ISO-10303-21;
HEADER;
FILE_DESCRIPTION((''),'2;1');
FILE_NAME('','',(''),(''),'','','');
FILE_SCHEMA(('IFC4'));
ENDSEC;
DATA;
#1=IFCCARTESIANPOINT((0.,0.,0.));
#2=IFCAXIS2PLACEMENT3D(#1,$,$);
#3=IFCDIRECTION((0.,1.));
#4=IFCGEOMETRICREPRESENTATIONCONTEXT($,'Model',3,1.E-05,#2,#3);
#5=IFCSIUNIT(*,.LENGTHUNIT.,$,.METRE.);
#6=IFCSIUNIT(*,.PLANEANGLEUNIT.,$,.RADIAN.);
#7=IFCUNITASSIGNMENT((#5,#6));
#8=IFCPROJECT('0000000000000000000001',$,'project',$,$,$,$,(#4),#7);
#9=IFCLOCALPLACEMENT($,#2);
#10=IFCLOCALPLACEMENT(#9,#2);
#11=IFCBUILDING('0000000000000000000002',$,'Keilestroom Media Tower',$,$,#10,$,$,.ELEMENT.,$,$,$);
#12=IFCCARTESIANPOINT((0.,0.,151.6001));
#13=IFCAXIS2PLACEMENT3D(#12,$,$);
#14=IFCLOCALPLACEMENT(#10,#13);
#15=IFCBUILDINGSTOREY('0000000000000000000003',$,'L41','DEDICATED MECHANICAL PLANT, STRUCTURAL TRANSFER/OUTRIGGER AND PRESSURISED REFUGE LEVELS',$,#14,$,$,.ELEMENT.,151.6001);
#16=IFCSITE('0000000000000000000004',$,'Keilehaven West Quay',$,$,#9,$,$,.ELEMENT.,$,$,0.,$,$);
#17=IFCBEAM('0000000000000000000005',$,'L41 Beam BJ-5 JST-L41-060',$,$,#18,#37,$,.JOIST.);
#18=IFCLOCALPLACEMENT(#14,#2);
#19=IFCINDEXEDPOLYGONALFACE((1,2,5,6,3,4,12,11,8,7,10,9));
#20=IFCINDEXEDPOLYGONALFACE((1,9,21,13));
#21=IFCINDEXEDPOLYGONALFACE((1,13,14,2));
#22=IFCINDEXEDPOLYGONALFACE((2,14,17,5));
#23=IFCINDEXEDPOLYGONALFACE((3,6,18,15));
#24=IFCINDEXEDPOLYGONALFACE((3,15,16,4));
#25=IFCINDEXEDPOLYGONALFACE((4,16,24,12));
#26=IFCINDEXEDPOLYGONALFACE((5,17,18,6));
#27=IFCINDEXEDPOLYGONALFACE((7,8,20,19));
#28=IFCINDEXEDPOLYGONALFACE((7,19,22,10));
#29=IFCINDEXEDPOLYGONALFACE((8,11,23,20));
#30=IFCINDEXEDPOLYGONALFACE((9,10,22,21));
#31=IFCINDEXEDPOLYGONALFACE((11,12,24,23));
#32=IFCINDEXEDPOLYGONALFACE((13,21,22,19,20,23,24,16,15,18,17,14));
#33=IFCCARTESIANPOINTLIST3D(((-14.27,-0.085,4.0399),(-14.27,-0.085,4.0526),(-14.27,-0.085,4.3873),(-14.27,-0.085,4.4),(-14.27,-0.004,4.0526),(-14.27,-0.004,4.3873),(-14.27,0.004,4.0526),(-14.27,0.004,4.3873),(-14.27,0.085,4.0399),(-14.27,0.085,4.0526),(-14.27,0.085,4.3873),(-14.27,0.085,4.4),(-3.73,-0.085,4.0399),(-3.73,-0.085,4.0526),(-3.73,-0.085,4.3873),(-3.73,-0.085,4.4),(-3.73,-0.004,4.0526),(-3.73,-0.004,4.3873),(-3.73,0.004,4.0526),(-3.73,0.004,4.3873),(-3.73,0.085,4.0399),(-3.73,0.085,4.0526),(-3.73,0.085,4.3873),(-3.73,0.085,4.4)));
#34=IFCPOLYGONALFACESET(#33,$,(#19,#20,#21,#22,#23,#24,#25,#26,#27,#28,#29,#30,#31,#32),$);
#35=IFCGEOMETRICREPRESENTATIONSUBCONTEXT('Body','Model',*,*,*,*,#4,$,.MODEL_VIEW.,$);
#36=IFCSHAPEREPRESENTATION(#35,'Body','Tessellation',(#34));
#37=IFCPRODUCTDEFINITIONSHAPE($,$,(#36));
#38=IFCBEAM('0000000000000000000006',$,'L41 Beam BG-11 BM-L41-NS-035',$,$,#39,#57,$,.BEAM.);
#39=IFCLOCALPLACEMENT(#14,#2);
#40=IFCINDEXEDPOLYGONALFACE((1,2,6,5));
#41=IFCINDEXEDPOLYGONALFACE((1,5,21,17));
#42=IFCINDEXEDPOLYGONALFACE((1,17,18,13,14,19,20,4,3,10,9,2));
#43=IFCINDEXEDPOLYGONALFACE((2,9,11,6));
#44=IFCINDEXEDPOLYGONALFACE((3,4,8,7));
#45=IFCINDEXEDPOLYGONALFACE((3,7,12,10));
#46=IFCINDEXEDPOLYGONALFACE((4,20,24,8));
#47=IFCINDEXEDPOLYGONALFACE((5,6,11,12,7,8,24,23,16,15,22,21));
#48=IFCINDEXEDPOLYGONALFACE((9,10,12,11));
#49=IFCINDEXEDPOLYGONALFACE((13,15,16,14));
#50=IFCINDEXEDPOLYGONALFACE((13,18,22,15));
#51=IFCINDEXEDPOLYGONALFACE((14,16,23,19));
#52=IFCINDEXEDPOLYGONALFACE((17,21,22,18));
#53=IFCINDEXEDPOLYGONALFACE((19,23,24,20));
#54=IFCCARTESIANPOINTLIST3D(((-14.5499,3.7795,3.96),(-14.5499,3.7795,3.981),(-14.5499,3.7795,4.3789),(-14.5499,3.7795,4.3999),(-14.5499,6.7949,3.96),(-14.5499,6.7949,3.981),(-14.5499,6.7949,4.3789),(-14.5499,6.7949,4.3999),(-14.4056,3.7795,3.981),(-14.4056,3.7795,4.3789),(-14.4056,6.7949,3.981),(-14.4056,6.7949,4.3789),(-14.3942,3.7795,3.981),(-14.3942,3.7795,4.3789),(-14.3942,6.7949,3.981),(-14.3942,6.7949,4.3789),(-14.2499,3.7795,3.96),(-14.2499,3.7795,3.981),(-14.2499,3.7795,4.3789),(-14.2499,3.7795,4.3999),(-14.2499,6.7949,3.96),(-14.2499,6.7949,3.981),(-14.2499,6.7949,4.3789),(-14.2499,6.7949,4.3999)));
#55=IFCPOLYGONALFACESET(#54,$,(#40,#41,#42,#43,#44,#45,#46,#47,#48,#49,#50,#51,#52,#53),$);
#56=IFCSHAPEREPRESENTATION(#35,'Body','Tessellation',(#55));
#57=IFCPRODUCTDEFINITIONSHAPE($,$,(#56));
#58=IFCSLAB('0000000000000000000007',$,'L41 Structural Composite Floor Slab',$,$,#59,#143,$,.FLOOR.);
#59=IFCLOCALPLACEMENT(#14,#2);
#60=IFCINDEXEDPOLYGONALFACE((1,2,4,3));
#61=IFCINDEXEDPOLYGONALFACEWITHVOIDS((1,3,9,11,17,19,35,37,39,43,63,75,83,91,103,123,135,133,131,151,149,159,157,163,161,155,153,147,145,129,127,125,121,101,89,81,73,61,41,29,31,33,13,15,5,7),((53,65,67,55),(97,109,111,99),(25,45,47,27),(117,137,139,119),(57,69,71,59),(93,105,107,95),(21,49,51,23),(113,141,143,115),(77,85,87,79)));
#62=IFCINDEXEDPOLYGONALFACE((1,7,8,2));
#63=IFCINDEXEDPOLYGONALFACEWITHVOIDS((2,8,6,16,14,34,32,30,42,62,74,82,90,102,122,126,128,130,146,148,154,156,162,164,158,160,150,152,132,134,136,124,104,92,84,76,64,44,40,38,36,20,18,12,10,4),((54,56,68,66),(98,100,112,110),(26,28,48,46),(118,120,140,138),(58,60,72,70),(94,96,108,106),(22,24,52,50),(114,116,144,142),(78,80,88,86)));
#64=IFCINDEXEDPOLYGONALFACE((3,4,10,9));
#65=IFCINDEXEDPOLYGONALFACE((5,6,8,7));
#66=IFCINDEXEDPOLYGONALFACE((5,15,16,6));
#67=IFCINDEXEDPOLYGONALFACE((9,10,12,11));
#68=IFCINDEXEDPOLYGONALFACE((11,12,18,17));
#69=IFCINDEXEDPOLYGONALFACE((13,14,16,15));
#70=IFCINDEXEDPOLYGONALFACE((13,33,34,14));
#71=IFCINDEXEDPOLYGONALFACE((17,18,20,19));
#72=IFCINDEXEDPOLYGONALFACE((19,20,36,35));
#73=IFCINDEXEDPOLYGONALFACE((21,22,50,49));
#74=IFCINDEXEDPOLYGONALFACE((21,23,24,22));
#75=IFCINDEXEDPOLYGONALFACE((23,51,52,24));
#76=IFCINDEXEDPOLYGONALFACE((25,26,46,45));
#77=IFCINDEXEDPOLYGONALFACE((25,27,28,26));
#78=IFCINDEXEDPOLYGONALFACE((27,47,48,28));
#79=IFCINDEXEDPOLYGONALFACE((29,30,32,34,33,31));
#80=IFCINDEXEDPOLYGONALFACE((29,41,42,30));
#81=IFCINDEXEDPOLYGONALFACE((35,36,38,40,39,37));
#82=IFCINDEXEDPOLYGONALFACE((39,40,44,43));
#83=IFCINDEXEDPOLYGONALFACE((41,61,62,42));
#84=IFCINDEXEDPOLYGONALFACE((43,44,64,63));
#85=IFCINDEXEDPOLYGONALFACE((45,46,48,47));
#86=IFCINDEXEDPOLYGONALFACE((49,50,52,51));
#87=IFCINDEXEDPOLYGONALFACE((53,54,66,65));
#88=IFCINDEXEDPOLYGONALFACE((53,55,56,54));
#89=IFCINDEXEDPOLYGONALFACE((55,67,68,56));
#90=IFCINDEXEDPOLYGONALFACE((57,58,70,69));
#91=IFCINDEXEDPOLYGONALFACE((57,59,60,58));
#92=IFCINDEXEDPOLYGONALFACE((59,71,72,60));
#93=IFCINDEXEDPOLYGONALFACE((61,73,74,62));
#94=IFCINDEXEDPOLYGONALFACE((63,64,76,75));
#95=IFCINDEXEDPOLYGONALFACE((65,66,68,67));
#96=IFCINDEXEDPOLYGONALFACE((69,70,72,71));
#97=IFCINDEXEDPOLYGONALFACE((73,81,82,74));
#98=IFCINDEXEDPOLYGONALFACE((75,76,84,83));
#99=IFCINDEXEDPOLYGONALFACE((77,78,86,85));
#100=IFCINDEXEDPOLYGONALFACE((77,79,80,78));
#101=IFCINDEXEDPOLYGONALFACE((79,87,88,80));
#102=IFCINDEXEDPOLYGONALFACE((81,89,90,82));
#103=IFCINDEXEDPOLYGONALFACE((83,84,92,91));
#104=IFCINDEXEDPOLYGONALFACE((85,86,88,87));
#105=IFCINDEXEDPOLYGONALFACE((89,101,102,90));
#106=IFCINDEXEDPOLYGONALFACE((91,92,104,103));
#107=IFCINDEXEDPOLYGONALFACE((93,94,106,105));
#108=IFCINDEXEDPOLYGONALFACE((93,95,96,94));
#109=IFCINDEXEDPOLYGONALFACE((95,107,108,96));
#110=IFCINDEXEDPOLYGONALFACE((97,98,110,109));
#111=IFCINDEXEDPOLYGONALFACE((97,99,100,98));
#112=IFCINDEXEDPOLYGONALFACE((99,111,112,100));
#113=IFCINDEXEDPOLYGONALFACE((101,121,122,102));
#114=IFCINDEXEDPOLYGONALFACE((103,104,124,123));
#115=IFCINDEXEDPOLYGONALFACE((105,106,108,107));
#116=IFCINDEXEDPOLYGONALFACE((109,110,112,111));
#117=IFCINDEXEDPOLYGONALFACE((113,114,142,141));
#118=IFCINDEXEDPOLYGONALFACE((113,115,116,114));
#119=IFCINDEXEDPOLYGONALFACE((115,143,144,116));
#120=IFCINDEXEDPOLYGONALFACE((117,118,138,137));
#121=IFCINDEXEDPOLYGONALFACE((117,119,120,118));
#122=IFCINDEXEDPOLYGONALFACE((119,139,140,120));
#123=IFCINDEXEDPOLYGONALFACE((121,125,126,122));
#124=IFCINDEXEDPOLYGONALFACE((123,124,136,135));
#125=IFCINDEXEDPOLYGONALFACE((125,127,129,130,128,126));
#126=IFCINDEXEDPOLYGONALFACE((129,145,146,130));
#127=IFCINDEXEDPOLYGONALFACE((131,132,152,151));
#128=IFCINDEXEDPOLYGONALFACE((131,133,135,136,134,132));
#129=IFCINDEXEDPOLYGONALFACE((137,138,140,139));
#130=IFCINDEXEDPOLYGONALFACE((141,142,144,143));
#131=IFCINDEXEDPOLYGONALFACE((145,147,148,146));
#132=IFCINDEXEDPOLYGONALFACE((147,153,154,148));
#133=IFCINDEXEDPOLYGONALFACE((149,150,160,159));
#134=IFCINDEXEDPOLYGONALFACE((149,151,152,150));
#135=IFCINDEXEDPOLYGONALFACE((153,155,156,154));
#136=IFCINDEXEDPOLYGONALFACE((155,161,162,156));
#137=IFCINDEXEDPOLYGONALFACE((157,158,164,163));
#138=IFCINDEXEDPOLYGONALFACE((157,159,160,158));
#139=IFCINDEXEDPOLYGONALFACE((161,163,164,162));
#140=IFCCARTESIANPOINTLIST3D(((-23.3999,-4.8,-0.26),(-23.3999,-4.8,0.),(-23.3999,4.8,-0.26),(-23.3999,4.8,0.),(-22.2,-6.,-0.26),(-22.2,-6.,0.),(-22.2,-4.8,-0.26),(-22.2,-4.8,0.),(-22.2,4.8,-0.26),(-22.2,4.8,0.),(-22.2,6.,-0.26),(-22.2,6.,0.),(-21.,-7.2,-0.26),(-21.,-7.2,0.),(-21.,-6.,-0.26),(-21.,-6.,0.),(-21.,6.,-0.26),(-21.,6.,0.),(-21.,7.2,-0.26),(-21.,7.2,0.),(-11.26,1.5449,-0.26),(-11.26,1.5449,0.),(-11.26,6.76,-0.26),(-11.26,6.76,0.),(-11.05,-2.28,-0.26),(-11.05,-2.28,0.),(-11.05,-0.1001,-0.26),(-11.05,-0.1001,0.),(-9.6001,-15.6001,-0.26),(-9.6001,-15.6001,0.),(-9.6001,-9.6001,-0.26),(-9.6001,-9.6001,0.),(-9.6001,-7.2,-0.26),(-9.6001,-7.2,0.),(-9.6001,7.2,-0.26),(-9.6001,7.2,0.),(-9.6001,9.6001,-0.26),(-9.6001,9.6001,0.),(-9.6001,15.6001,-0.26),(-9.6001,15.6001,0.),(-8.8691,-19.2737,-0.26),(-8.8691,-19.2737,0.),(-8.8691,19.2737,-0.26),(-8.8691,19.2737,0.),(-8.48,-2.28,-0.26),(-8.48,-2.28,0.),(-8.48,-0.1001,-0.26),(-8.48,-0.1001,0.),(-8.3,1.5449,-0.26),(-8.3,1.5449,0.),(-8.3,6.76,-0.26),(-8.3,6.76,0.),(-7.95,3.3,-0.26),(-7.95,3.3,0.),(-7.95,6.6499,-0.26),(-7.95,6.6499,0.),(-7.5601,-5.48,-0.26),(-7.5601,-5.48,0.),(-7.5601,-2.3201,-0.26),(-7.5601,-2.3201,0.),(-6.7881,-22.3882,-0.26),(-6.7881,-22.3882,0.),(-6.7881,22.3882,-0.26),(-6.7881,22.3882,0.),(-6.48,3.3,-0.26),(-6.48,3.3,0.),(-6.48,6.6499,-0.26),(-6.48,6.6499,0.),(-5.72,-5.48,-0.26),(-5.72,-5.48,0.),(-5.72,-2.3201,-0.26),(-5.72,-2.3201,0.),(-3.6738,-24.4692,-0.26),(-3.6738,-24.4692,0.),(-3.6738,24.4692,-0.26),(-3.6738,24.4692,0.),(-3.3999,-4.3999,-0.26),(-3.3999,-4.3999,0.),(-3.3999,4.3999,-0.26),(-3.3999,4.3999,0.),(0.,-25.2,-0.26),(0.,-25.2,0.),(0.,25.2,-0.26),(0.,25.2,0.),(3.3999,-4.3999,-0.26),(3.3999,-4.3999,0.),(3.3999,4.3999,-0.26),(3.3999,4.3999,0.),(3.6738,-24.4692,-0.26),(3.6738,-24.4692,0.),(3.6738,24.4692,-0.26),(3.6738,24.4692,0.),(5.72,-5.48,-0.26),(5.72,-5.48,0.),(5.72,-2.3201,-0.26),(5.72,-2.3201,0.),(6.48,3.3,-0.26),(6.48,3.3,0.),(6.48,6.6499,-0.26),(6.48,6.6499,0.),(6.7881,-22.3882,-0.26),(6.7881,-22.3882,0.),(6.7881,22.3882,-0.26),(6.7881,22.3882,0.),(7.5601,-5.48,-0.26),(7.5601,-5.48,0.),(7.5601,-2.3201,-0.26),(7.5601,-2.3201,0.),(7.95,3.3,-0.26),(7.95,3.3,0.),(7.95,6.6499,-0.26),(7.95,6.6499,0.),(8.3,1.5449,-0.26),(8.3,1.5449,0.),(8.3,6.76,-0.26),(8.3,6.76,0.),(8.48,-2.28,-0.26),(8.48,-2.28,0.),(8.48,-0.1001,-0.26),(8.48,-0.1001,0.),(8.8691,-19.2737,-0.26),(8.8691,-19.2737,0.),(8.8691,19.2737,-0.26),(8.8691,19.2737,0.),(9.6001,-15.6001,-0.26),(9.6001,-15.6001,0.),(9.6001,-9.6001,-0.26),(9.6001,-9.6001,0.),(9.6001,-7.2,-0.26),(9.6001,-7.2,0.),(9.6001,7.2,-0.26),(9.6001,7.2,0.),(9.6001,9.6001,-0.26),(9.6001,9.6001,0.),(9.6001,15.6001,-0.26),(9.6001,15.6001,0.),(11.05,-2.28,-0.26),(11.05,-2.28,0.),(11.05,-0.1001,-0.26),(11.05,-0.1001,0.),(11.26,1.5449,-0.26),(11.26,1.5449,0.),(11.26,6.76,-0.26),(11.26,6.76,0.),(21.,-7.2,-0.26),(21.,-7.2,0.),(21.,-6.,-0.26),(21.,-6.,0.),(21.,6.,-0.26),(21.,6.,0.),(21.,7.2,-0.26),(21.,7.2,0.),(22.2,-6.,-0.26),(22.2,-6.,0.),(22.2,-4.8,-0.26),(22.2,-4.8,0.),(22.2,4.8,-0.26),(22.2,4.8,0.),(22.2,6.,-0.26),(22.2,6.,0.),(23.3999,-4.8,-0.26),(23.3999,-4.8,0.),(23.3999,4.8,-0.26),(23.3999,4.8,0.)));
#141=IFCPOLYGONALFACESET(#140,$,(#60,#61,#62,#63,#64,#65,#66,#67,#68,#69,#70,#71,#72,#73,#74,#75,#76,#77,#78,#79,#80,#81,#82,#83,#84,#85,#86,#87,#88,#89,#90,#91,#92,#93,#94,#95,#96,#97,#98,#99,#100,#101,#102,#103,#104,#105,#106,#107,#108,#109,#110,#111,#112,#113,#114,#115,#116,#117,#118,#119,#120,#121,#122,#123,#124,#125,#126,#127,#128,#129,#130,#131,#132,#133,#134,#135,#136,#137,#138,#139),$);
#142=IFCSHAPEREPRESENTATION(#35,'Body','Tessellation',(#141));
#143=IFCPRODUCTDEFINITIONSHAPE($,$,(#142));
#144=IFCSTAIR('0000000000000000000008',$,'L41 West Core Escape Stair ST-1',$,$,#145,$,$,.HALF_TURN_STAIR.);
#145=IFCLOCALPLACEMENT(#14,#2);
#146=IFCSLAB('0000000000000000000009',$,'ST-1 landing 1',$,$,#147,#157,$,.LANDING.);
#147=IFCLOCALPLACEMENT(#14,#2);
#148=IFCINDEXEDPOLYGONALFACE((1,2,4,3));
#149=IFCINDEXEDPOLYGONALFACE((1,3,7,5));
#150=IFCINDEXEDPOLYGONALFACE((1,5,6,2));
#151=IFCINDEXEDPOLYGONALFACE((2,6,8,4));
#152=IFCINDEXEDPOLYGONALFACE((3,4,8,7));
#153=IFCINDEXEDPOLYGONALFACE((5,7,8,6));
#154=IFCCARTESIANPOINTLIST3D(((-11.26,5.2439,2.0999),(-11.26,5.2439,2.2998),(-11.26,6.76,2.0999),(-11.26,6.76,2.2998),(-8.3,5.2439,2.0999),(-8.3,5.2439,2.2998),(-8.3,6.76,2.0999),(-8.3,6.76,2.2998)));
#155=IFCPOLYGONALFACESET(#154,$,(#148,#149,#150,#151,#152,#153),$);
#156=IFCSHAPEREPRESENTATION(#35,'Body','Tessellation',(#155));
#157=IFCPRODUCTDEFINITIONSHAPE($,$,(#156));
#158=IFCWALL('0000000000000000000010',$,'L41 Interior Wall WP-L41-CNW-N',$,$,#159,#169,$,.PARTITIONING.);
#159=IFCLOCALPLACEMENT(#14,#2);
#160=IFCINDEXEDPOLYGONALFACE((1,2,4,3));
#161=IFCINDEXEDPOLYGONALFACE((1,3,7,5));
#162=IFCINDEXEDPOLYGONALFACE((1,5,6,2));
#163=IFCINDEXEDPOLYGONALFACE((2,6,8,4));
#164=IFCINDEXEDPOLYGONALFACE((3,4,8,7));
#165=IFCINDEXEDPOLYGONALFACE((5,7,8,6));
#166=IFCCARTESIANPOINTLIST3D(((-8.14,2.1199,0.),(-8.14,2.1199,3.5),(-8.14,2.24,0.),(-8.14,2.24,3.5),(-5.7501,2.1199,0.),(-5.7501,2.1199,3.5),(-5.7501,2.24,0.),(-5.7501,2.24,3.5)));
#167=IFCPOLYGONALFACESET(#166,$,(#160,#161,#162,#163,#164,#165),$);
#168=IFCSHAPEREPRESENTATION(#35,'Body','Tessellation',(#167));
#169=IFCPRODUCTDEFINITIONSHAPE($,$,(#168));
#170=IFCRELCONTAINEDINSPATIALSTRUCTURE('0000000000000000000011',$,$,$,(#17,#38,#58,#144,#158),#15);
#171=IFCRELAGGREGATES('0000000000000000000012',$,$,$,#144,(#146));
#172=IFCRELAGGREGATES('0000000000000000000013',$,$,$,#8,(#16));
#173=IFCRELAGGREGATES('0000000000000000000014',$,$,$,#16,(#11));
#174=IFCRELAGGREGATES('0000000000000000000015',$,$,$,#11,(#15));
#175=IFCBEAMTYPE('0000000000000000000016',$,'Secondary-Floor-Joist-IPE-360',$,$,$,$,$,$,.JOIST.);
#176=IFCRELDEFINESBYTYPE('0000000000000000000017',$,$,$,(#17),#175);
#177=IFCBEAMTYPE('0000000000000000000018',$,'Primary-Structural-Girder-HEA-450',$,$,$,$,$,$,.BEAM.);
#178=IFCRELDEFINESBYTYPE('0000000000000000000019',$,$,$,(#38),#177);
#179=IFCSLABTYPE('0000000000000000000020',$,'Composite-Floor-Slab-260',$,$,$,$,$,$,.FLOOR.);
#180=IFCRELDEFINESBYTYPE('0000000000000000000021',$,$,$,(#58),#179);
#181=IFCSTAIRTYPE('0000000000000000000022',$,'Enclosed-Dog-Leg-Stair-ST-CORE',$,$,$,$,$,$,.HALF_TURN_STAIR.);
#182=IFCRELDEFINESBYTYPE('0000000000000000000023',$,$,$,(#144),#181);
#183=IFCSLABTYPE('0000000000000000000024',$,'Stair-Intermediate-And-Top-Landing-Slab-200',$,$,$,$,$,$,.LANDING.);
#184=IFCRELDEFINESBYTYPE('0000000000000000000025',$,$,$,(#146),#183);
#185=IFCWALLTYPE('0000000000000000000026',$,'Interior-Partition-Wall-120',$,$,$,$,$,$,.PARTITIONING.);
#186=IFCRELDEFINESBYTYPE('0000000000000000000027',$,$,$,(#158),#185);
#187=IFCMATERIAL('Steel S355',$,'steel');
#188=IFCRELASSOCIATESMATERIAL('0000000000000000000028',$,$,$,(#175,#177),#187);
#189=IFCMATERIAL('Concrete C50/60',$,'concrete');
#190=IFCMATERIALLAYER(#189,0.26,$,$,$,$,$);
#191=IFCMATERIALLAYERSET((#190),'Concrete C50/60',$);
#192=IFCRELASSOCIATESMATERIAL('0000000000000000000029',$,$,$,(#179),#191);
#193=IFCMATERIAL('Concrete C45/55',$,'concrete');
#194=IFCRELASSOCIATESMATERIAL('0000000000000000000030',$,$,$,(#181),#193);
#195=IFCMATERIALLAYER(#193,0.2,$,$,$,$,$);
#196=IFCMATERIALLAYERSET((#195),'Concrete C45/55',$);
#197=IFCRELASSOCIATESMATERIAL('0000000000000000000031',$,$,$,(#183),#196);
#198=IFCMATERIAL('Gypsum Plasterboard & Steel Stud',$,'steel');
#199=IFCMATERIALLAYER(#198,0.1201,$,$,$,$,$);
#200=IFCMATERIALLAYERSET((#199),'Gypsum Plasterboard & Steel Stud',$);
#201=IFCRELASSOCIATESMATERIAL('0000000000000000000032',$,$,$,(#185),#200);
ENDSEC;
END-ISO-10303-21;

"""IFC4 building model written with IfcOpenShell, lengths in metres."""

from ifc_helpers import new_model, si_unit, direction, frame, frame_2d, origin, origin_2d, place, context, subcontext, project, spatial, polyline, rectangle, i_section, outline, extrude, source, transform, mapped, material, layer, layer_set, material_profile, profile_set, type_object, element, aggregate, save


model = new_model("IFC4")

# Units and contexts
model_context = context("Model", 3, precision=1e-05, world=origin(), true_north=direction((0.0, 1.0)))
body_context = subcontext(model_context, "Body", "Model", "MODEL_VIEW")
ifc_project = project(units=[si_unit("LENGTHUNIT", "METRE"), si_unit("PLANEANGLEUNIT", "RADIAN")], contexts=[model_context])

# Site, building, storey
site_placement = place(None, origin())
site = spatial("IfcSite", under=ifc_project, at=site_placement, Name="Keilehaven West Quay", CompositionType="ELEMENT", RefElevation=0.0)
building_placement = place(site_placement, origin())
building = spatial("IfcBuilding", under=site, at=building_placement, Name="Keilestroom Media Tower", CompositionType="ELEMENT")
storey_placement = place(building_placement, frame((0.0, 0.0, 151.6001)))
storey = spatial("IfcBuildingStorey", under=building, at=storey_placement, Name="L41", Description="DEDICATED MECHANICAL PLANT, STRUCTURAL TRANSFER/OUTRIGGER AND PRESSURISED REFUGE LEVELS", CompositionType="ELEMENT", Elevation=151.6001)

# Beams
ifc_material_1 = material(Name="Steel S355", Category="steel")
ifc_material_profile_1 = material_profile(ifc_material_1, i_section(OverallWidth=0.1699, OverallDepth=0.3601, WebThickness=0.0081, FlangeThickness=0.0127, at=origin_2d()), Name="IPE 360")
ifc_profile_set_1 = profile_set([ifc_material_profile_1], Name="Steel S355")
beam_type_1 = type_object("IfcBeamType", Name="Secondary-Floor-Joist-IPE-360", PredefinedType="JOIST", material=ifc_profile_set_1)
shared_shape_1 = source(origin(), body_context, "Body", "SweptSolid", [
    extrude(i_section(OverallWidth=0.1699, OverallDepth=0.3601, WebThickness=0.0081, FlangeThickness=0.0127, at=origin_2d()), origin(), (0.0, 0.0, 1.0), 10.54),
])
beam_1_placement = place(storey_placement, frame((-14.27, 0.0, 4.22), z_axis=(1.0, 0.0, 0.0), x_axis=(0.0, 1.0, 0.0)))
element("IfcBeam", 1, at=beam_1_placement, inside=storey, type_object=beam_type_1, Name="L41 Beam BJ-5 JST-L41-060", PredefinedType="JOIST", context=body_context, shape_type="MappedRepresentation", body=[
    mapped(shared_shape_1, transform((0.0, 0.0, 0.0), x_axis=(1.0, 0.0, 0.0), y_axis=(0.0, 1.0, 0.0), z_axis=(0.0, 0.0, 1.0), scale=1.0)),
])
ifc_material_profile_2 = material_profile(ifc_material_1, i_section(OverallWidth=0.3, OverallDepth=0.4399, WebThickness=0.0115, FlangeThickness=0.021, at=origin_2d()), Name="HEA 450")
ifc_profile_set_2 = profile_set([ifc_material_profile_2], Name="Steel S355")
beam_type_2 = type_object("IfcBeamType", Name="Primary-Structural-Girder-HEA-450", PredefinedType="BEAM", material=ifc_profile_set_2)
shared_shape_2 = source(origin(), body_context, "Body", "SweptSolid", [
    extrude(i_section(OverallWidth=0.3, OverallDepth=0.4399, WebThickness=0.0115, FlangeThickness=0.021, at=origin_2d()), origin(), (0.0, 0.0, 1.0), 3.0154),
])
beam_2_placement = place(storey_placement, frame((-14.3999, 3.7795, 4.1799), z_axis=(0.0, 1.0, 0.0), x_axis=(-1.0, 0.0, 0.0)))
element("IfcBeam", 2, at=beam_2_placement, inside=storey, type_object=beam_type_2, Name="L41 Beam BG-11 BM-L41-NS-035", PredefinedType="BEAM", context=body_context, shape_type="MappedRepresentation", body=[
    mapped(shared_shape_2, transform((0.0, 0.0, 0.0), x_axis=(1.0, 0.0, 0.0), y_axis=(0.0, 1.0, 0.0), z_axis=(0.0, 0.0, 1.0), scale=1.0)),
])

# Slab
ifc_material_2 = material(Name="Concrete C50/60", Category="concrete")
ifc_layer_1 = layer(ifc_material_2, 0.26)
ifc_layer_set_1 = layer_set([ifc_layer_1], Name="Concrete C50/60")
slab_type_1 = type_object("IfcSlabType", Name="Composite-Floor-Slab-260", PredefinedType="FLOOR", material=ifc_layer_set_1)
slab_1_placement = place(storey_placement, frame((0.0, 0.0, -0.26)))
element("IfcSlab", 3, at=slab_1_placement, inside=storey, type_object=slab_type_1, Name="L41 Structural Composite Floor Slab", PredefinedType="FLOOR", context=body_context, shape_type="SweptSolid", body=[
    extrude(outline(polyline([(23.3999, -4.8), (23.3999, 4.8), (22.2, 4.8), (22.2, 6.0), (21.0, 6.0), (21.0, 7.2), (9.6001, 7.2), (9.6001, 9.6001), (9.6001, 15.6001), (8.8691, 19.2737), (6.7881, 22.3882), (3.6738, 24.4692), (0.0, 25.2), (-3.6738, 24.4692), (-6.7881, 22.3882), (-8.8691, 19.2737), (-9.6001, 15.6001), (-9.6001, 9.6001), (-9.6001, 7.2), (-21.0, 7.2), (-21.0, 6.0), (-22.2, 6.0), (-22.2, 4.8), (-23.3999, 4.8), (-23.3999, -4.8), (-22.2, -4.8), (-22.2, -6.0), (-21.0, -6.0), (-21.0, -7.2), (-9.6001, -7.2), (-9.6001, -9.6001), (-9.6001, -15.6001), (-8.8691, -19.2737), (-6.7881, -22.3882), (-3.6738, -24.4692), (0.0, -25.2), (3.6738, -24.4692), (6.7881, -22.3882), (8.8691, -19.2737), (9.6001, -15.6001), (9.6001, -9.6001), (9.6001, -7.2), (21.0, -7.2), (21.0, -6.0), (22.2, -6.0), (22.2, -4.8), (23.3999, -4.8)]), holes=[polyline([(-11.26, 1.5449), (-11.26, 6.76), (-8.3, 6.76), (-8.3, 1.5449), (-11.26, 1.5449)]), polyline([(-11.05, -2.28), (-11.05, -0.1001), (-8.48, -0.1001), (-8.48, -2.28), (-11.05, -2.28)]), polyline([(-7.95, 3.3), (-7.95, 6.6499), (-6.48, 6.6499), (-6.48, 3.3), (-7.95, 3.3)]), polyline([(-7.5601, -2.3201), (-5.72, -2.3201), (-5.72, -5.48), (-7.5601, -5.48), (-7.5601, -2.3201)]), polyline([(3.3999, -4.3999), (-3.3999, -4.3999), (-3.3999, 4.3999), (3.3999, 4.3999), (3.3999, -4.3999)]), polyline([(7.5601, -2.3201), (7.5601, -5.48), (5.72, -5.48), (5.72, -2.3201), (7.5601, -2.3201)]), polyline([(6.48, 3.3), (6.48, 6.6499), (7.95, 6.6499), (7.95, 3.3), (6.48, 3.3)]), polyline([(8.3, 1.5449), (8.3, 6.76), (11.26, 6.76), (11.26, 1.5449), (8.3, 1.5449)]), polyline([(8.48, -2.28), (8.48, -0.1001), (11.05, -0.1001), (11.05, -2.28), (8.48, -2.28)])]), origin(), (0.0, 0.0, 1.0), 0.26),
])

# Stair, slab
ifc_material_3 = material(Name="Concrete C45/55", Category="concrete")
stair_type = type_object("IfcStairType", Name="Enclosed-Dog-Leg-Stair-ST-CORE", PredefinedType="HALF_TURN_STAIR", material=ifc_material_3)
stair_placement = place(storey_placement, origin())
stair = element("IfcStair", 4, at=stair_placement, inside=storey, type_object=stair_type, Name="L41 West Core Escape Stair ST-1", PredefinedType="HALF_TURN_STAIR")
ifc_layer_2 = layer(ifc_material_3, 0.2)
ifc_layer_set_2 = layer_set([ifc_layer_2], Name="Concrete C45/55")
slab_type_2 = type_object("IfcSlabType", Name="Stair-Intermediate-And-Top-Landing-Slab-200", PredefinedType="LANDING", material=ifc_layer_set_2)
slab_2_placement = place(storey_placement, frame((0.0, 0.0, 2.0999)))
slab_2 = element("IfcSlab", 5, at=slab_2_placement, type_object=slab_type_2, Name="ST-1 landing 1", PredefinedType="LANDING", context=body_context, shape_type="SweptSolid", body=[
    extrude(outline(polyline([(-8.3, 5.2439), (-8.3, 6.76), (-11.26, 6.76), (-11.26, 5.2439), (-8.3, 5.2439)])), origin(), (0.0, 0.0, 1.0), 0.2),
])

# Wall
ifc_material_4 = material(Name="Gypsum Plasterboard & Steel Stud", Category="steel")
ifc_layer_3 = layer(ifc_material_4, 0.1201)
ifc_layer_set_3 = layer_set([ifc_layer_3], Name="Gypsum Plasterboard & Steel Stud")
wall_type_1 = type_object("IfcWallType", Name="Interior-Partition-Wall-120", PredefinedType="PARTITIONING", material=ifc_layer_set_3)
wall_1_placement = place(storey_placement, frame((-8.1399, 2.1799, 0.0), z_axis=(0.0, 0.0, 1.0), x_axis=(1.0, 0.0, 0.0)))
element("IfcWall", 6, at=wall_1_placement, inside=storey, type_object=wall_type_1, Name="L41 Interior Wall WP-L41-CNW-N", PredefinedType="PARTITIONING", context=body_context, shape_type="SweptSolid", body=[
    extrude(rectangle(XDim=2.3899, YDim=0.1201, at=frame_2d((1.1948, 0.0))), origin(), (0.0, 0.0, 1.0), 3.5),
])

aggregate(stair, [slab_2])

save(model, "model.ifc")
